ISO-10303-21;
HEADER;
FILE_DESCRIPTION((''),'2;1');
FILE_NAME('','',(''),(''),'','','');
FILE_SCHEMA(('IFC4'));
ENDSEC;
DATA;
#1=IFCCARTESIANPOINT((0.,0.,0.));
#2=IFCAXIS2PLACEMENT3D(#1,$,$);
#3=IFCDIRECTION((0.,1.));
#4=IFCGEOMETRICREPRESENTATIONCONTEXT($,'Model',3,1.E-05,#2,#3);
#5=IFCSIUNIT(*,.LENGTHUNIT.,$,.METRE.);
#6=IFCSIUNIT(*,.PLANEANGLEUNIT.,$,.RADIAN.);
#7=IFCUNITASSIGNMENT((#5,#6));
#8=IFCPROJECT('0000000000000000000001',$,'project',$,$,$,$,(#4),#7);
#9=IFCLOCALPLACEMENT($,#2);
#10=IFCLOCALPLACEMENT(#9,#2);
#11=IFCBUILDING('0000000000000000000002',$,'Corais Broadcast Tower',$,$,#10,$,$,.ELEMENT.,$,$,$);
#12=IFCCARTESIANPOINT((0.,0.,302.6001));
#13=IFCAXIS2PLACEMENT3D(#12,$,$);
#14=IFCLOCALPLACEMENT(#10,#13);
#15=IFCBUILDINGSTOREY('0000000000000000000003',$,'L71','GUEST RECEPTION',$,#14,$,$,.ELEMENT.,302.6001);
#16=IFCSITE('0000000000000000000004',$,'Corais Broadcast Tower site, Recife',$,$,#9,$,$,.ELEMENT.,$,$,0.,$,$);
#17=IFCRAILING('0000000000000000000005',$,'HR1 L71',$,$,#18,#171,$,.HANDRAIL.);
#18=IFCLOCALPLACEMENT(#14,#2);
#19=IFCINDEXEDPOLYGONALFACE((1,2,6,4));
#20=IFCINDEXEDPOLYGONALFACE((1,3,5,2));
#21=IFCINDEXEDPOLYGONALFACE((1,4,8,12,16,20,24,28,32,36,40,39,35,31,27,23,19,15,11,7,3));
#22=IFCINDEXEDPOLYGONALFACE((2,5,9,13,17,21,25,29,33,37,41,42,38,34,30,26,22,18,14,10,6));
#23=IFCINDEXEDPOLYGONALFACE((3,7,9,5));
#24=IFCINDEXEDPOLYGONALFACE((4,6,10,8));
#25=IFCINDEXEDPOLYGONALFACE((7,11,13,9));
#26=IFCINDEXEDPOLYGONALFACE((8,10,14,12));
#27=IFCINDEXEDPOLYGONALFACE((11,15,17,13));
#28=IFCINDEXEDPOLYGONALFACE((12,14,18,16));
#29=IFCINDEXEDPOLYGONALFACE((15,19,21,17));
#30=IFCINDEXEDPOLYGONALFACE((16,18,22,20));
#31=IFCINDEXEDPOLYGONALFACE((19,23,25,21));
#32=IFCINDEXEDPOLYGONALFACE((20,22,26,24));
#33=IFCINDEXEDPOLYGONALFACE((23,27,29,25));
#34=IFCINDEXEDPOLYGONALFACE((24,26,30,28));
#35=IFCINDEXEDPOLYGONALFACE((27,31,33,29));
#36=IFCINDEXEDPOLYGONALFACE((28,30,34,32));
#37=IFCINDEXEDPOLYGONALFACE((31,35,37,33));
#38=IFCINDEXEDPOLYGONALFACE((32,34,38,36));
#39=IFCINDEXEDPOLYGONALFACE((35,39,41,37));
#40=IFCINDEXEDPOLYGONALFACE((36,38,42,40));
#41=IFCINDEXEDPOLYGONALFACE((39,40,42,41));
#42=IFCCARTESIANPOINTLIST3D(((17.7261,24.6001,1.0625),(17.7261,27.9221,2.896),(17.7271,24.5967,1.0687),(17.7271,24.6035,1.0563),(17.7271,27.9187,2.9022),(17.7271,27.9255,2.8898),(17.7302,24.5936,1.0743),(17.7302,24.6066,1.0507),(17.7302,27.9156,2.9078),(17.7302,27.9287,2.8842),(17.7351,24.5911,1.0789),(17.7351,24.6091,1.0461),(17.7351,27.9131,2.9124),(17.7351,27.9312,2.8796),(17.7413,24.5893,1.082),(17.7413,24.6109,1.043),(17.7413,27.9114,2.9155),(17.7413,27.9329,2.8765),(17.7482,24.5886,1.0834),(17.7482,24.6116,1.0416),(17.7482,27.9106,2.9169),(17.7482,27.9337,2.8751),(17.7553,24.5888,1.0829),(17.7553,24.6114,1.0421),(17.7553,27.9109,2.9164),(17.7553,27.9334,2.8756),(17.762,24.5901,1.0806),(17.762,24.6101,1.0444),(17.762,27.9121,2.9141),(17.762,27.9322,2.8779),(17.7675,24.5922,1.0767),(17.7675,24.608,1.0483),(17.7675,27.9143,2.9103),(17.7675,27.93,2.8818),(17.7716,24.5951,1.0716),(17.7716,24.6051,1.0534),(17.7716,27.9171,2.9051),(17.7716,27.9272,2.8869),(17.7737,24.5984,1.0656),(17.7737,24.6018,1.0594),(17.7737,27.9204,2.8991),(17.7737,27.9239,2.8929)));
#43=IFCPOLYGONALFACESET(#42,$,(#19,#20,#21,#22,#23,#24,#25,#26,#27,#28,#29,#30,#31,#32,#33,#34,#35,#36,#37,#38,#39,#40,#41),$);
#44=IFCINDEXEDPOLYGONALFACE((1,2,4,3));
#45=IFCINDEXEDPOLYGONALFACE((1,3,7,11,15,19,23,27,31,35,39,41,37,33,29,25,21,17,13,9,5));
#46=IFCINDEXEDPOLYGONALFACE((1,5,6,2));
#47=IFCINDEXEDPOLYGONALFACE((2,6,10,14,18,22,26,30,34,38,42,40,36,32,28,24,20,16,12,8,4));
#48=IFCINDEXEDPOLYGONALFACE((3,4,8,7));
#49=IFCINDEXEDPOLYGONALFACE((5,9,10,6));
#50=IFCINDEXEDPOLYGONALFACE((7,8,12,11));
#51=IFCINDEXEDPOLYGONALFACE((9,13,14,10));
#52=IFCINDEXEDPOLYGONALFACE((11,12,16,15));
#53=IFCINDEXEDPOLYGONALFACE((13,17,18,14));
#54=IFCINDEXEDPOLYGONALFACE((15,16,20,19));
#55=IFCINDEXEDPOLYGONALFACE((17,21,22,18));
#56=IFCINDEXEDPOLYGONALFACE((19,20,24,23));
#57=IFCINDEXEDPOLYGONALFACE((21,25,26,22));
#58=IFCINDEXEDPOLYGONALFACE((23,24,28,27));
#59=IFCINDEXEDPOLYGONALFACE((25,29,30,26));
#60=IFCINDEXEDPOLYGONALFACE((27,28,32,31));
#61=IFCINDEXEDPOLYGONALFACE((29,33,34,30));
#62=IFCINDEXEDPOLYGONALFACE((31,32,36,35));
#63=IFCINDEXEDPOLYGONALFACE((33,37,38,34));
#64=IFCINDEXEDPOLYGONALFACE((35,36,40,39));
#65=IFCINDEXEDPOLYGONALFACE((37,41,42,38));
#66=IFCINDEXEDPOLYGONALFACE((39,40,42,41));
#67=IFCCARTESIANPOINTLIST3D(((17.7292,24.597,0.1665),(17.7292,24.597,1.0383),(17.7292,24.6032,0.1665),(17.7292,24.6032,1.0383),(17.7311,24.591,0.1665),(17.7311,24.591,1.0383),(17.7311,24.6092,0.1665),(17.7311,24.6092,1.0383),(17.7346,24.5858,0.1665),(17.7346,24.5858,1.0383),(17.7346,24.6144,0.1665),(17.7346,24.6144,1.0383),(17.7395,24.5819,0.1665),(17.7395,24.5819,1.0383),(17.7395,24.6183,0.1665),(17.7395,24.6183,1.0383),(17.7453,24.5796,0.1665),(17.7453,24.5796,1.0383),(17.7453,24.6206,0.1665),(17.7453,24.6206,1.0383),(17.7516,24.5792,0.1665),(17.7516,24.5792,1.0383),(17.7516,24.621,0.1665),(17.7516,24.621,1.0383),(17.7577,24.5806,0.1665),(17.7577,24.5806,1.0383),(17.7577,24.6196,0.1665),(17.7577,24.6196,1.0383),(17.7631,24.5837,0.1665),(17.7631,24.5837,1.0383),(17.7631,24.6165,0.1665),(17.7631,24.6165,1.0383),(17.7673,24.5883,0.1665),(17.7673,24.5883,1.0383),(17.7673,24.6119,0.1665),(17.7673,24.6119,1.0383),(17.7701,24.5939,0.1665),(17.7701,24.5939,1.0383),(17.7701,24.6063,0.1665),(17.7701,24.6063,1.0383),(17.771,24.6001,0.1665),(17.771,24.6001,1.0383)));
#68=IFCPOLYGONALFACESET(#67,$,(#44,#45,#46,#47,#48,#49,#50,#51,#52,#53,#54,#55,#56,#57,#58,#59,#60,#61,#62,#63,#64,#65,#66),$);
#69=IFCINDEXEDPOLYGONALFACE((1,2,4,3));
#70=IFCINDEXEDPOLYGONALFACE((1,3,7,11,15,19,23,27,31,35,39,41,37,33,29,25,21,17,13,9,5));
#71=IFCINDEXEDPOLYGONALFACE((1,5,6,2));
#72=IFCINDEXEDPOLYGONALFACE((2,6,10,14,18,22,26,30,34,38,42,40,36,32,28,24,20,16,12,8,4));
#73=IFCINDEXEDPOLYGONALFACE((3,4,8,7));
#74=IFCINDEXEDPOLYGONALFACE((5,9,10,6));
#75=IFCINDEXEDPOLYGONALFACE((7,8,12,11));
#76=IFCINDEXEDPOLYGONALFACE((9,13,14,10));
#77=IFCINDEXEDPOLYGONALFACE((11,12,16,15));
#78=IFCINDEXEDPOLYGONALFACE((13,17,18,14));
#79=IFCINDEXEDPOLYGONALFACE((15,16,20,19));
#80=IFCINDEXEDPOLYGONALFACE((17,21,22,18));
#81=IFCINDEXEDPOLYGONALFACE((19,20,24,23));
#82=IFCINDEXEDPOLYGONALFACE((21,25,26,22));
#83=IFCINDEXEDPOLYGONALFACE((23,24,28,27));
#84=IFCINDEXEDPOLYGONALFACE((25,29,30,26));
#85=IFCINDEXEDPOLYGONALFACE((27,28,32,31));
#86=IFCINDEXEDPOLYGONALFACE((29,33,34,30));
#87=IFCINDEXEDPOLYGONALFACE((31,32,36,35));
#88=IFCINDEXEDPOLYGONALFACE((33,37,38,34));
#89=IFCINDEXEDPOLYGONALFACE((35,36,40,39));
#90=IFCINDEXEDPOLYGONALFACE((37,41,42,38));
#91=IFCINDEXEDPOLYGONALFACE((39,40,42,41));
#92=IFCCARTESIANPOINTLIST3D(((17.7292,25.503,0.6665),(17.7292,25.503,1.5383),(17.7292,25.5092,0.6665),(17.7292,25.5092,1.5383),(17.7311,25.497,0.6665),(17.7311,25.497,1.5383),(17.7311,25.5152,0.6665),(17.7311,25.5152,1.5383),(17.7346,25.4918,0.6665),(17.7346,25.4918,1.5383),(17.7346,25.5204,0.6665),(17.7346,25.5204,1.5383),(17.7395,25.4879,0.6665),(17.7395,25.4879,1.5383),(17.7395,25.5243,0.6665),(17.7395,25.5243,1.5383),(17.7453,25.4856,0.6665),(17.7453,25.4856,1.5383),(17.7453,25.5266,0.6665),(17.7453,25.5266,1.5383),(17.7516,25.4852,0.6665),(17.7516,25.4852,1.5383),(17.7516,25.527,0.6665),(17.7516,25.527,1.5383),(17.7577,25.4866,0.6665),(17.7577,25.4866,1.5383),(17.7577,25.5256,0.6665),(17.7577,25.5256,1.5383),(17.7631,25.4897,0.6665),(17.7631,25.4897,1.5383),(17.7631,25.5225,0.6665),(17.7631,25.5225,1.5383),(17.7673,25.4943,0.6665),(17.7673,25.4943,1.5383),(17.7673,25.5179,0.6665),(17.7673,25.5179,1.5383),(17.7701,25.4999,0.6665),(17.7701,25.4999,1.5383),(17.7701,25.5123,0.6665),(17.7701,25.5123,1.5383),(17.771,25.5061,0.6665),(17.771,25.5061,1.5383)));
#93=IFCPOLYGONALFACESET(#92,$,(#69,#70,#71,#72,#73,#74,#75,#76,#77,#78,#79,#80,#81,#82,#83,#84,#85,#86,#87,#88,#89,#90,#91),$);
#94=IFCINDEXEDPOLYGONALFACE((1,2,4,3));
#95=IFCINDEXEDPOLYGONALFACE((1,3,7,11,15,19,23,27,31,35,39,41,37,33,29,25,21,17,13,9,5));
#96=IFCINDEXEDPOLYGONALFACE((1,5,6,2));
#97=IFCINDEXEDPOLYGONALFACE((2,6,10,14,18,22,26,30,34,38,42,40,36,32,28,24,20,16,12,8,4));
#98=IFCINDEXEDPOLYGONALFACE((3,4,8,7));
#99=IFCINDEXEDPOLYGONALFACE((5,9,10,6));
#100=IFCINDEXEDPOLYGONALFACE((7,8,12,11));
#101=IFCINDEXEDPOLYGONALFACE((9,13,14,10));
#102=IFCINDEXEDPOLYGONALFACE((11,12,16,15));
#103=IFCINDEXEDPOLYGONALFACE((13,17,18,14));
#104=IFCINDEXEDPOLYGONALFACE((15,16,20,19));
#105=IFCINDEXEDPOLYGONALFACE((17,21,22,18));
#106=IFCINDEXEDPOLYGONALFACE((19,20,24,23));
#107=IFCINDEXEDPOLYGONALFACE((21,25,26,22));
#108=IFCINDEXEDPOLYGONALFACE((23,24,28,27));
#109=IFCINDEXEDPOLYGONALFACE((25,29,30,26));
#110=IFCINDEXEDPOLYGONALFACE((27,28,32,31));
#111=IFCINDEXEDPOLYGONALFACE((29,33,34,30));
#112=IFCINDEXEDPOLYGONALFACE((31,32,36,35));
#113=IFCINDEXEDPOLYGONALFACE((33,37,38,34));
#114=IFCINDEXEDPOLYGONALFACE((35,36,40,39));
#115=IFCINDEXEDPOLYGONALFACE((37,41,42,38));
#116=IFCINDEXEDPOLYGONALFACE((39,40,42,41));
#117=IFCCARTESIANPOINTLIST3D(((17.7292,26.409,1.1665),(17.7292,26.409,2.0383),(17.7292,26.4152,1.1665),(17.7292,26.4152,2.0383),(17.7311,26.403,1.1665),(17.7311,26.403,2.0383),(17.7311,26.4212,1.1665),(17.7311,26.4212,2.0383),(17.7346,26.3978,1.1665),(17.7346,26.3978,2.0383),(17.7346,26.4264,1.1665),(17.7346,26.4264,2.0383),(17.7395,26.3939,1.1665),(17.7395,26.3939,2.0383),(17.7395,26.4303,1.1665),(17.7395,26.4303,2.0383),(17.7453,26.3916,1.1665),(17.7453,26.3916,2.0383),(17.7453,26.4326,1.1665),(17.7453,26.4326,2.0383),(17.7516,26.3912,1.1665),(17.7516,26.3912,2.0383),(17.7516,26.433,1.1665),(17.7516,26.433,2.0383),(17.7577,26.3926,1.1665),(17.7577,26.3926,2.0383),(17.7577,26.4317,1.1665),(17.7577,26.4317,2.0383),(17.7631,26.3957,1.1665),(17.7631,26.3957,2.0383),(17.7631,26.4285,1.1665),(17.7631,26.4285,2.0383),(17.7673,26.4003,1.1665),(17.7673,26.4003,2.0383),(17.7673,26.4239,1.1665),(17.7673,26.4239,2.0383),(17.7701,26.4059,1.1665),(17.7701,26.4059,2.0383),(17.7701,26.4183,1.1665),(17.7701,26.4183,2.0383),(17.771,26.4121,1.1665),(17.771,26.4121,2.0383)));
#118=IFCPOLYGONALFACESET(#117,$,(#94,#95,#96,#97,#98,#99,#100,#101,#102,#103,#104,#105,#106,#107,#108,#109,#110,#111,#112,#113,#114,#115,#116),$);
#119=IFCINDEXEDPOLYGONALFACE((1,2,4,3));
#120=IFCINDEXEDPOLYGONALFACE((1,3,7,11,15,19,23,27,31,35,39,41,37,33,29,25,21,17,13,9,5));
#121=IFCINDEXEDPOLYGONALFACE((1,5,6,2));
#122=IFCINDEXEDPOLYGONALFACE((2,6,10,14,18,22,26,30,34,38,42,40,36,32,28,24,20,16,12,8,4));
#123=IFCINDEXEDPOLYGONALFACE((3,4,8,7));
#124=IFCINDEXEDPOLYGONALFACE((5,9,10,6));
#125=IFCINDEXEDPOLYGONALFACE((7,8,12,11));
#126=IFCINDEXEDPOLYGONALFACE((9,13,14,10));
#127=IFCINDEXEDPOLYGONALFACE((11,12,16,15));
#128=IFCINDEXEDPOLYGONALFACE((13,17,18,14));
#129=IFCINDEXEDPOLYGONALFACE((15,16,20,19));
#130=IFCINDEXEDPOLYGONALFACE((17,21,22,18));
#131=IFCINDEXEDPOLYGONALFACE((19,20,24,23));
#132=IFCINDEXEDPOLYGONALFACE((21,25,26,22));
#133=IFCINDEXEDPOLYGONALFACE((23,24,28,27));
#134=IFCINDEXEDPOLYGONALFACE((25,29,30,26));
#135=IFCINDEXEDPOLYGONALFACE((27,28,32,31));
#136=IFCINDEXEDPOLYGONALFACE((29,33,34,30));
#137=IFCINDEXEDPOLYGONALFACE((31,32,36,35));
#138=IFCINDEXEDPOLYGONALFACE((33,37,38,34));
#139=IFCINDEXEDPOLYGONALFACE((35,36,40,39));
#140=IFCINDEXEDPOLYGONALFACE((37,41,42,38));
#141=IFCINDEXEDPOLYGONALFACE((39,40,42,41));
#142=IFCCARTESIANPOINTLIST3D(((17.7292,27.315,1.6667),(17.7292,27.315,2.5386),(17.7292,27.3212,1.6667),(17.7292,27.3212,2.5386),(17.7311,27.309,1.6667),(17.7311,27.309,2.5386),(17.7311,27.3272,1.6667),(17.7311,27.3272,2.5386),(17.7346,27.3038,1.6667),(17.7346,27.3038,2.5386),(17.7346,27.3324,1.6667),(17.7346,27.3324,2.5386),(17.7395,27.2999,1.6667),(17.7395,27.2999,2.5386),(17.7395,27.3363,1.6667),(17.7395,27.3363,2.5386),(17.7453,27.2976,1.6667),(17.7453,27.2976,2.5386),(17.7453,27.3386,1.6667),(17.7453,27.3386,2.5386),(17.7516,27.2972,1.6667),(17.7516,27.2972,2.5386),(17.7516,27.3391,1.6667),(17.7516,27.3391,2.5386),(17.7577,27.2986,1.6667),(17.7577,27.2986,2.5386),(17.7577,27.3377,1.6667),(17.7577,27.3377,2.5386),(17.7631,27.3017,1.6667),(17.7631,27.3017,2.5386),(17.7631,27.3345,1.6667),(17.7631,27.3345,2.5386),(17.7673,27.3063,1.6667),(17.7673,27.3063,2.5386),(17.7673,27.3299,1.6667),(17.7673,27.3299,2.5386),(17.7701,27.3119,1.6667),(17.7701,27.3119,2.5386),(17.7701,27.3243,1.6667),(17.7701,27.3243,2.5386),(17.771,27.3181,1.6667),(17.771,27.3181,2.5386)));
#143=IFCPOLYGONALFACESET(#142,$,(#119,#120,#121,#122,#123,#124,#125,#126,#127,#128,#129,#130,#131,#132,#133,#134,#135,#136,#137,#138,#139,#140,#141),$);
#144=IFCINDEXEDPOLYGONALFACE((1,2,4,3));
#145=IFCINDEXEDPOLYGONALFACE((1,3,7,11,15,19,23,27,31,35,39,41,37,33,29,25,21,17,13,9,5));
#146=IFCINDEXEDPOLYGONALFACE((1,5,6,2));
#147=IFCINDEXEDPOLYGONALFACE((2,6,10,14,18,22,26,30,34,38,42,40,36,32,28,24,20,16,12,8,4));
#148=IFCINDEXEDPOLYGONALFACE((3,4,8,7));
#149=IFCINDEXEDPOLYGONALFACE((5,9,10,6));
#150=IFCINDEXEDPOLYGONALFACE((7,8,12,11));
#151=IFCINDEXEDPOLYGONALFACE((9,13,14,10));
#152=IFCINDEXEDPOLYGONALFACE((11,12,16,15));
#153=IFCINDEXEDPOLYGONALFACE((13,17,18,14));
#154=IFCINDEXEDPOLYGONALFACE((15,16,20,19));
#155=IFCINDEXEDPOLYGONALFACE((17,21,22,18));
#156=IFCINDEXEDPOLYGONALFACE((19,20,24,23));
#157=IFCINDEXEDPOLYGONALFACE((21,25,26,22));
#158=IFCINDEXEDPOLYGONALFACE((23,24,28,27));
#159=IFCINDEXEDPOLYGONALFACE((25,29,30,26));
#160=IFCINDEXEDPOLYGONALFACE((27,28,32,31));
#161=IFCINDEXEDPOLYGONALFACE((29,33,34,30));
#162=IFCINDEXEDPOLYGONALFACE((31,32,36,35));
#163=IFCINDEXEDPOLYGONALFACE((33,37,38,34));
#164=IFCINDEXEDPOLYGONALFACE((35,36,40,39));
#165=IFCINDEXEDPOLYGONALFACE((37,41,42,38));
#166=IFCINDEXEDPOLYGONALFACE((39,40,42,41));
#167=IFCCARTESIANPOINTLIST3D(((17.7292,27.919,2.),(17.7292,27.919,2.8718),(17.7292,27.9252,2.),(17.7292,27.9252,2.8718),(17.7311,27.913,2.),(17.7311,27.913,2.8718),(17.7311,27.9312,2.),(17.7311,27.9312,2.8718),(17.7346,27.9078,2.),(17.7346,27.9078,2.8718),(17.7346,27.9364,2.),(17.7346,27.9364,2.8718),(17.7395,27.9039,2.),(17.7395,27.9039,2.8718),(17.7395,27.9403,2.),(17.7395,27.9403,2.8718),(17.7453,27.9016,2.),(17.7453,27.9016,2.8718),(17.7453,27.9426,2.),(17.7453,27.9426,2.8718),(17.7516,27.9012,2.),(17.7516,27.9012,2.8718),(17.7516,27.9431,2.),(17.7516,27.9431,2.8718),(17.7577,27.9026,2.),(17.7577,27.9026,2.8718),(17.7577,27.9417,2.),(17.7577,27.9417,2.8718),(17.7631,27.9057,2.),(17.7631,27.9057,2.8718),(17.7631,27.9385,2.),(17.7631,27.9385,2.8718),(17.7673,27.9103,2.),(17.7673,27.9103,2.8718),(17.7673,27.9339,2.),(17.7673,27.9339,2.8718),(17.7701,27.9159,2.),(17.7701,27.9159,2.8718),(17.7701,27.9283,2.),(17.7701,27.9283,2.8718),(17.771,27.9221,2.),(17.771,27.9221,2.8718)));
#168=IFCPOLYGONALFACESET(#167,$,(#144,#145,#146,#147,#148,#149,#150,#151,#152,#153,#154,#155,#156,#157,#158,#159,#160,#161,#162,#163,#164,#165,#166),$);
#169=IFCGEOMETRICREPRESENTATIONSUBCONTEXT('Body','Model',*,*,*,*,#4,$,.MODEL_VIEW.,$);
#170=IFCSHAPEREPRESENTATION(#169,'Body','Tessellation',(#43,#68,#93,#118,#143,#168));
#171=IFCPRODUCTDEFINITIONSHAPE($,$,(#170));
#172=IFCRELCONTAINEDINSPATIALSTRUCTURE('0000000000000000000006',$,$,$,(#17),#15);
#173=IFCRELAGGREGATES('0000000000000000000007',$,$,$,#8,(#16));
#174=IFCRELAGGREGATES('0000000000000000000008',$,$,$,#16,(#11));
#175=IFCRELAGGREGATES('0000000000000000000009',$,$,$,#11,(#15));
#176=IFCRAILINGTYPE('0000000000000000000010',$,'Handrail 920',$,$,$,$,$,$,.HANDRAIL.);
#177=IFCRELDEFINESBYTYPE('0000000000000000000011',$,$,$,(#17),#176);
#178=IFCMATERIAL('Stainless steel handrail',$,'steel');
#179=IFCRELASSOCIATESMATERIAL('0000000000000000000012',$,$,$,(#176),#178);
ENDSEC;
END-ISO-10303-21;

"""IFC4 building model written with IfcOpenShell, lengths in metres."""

from ifc_helpers import new_model, si_unit, direction, frame, origin, origin_2d, place, context, subcontext, project, spatial, circle, extrude, material, type_object, element, save


model = new_model("IFC4")

# Units and contexts
model_context = context("Model", 3, precision=1e-05, world=origin(), true_north=direction((0.0, 1.0)))
body_context = subcontext(model_context, "Body", "Model", "MODEL_VIEW")
ifc_project = project(units=[si_unit("LENGTHUNIT", "METRE"), si_unit("PLANEANGLEUNIT", "RADIAN")], contexts=[model_context])

# Site, building, storey
site_placement = place(None, origin())
site = spatial("IfcSite", under=ifc_project, at=site_placement, Name="Corais Broadcast Tower site, Recife", CompositionType="ELEMENT", RefElevation=0.0)
building_placement = place(site_placement, origin())
building = spatial("IfcBuilding", under=site, at=building_placement, Name="Corais Broadcast Tower", CompositionType="ELEMENT")
storey_placement = place(building_placement, frame((0.0, 0.0, 302.6001)))
storey = spatial("IfcBuildingStorey", under=building, at=storey_placement, Name="L71", Description="GUEST RECEPTION", CompositionType="ELEMENT", Elevation=302.6001)

# Railing
ifc_material_1 = material(Name="Stainless steel handrail", Category="steel")
railing_type = type_object("IfcRailingType", Name="Handrail 920", PredefinedType="HANDRAIL", material=ifc_material_1)
for number, where, name in (
    (1, (17.75, 24.6001, 0.1665), "HR1 L71"),
):
    element("IfcRailing", number, at=place(storey_placement, frame(where)), inside=storey, type_object=railing_type, Name=name, PredefinedType="HANDRAIL", context=body_context, shape_type="SweptSolid", body=[
        extrude(circle(Radius=0.0239, at=origin_2d()), frame((0.0, 0.0, 0.896), z_axis=(0.0, 0.875504, 0.48321), x_axis=(-1.0, 0.0, 0.0)), (0.0, 0.0, 1.0), 3.7944),
        extrude(circle(Radius=0.021, at=origin_2d()), origin(), (0.0, 0.0, 1.0), 0.8718),
        extrude(circle(Radius=0.021, at=origin_2d()), frame((0.0, 0.906, 0.5)), (0.0, 0.0, 1.0), 0.8718),
        extrude(circle(Radius=0.021, at=origin_2d()), frame((0.0, 1.812, 1.0)), (0.0, 0.0, 1.0), 0.8718),
        extrude(circle(Radius=0.021, at=origin_2d()), frame((0.0, 2.718, 1.5002)), (0.0, 0.0, 1.0), 0.8718),
        extrude(circle(Radius=0.021, at=origin_2d()), frame((0.0, 3.322, 1.8335)), (0.0, 0.0, 1.0), 0.8718),
    ])

save(model, "model.ifc")
